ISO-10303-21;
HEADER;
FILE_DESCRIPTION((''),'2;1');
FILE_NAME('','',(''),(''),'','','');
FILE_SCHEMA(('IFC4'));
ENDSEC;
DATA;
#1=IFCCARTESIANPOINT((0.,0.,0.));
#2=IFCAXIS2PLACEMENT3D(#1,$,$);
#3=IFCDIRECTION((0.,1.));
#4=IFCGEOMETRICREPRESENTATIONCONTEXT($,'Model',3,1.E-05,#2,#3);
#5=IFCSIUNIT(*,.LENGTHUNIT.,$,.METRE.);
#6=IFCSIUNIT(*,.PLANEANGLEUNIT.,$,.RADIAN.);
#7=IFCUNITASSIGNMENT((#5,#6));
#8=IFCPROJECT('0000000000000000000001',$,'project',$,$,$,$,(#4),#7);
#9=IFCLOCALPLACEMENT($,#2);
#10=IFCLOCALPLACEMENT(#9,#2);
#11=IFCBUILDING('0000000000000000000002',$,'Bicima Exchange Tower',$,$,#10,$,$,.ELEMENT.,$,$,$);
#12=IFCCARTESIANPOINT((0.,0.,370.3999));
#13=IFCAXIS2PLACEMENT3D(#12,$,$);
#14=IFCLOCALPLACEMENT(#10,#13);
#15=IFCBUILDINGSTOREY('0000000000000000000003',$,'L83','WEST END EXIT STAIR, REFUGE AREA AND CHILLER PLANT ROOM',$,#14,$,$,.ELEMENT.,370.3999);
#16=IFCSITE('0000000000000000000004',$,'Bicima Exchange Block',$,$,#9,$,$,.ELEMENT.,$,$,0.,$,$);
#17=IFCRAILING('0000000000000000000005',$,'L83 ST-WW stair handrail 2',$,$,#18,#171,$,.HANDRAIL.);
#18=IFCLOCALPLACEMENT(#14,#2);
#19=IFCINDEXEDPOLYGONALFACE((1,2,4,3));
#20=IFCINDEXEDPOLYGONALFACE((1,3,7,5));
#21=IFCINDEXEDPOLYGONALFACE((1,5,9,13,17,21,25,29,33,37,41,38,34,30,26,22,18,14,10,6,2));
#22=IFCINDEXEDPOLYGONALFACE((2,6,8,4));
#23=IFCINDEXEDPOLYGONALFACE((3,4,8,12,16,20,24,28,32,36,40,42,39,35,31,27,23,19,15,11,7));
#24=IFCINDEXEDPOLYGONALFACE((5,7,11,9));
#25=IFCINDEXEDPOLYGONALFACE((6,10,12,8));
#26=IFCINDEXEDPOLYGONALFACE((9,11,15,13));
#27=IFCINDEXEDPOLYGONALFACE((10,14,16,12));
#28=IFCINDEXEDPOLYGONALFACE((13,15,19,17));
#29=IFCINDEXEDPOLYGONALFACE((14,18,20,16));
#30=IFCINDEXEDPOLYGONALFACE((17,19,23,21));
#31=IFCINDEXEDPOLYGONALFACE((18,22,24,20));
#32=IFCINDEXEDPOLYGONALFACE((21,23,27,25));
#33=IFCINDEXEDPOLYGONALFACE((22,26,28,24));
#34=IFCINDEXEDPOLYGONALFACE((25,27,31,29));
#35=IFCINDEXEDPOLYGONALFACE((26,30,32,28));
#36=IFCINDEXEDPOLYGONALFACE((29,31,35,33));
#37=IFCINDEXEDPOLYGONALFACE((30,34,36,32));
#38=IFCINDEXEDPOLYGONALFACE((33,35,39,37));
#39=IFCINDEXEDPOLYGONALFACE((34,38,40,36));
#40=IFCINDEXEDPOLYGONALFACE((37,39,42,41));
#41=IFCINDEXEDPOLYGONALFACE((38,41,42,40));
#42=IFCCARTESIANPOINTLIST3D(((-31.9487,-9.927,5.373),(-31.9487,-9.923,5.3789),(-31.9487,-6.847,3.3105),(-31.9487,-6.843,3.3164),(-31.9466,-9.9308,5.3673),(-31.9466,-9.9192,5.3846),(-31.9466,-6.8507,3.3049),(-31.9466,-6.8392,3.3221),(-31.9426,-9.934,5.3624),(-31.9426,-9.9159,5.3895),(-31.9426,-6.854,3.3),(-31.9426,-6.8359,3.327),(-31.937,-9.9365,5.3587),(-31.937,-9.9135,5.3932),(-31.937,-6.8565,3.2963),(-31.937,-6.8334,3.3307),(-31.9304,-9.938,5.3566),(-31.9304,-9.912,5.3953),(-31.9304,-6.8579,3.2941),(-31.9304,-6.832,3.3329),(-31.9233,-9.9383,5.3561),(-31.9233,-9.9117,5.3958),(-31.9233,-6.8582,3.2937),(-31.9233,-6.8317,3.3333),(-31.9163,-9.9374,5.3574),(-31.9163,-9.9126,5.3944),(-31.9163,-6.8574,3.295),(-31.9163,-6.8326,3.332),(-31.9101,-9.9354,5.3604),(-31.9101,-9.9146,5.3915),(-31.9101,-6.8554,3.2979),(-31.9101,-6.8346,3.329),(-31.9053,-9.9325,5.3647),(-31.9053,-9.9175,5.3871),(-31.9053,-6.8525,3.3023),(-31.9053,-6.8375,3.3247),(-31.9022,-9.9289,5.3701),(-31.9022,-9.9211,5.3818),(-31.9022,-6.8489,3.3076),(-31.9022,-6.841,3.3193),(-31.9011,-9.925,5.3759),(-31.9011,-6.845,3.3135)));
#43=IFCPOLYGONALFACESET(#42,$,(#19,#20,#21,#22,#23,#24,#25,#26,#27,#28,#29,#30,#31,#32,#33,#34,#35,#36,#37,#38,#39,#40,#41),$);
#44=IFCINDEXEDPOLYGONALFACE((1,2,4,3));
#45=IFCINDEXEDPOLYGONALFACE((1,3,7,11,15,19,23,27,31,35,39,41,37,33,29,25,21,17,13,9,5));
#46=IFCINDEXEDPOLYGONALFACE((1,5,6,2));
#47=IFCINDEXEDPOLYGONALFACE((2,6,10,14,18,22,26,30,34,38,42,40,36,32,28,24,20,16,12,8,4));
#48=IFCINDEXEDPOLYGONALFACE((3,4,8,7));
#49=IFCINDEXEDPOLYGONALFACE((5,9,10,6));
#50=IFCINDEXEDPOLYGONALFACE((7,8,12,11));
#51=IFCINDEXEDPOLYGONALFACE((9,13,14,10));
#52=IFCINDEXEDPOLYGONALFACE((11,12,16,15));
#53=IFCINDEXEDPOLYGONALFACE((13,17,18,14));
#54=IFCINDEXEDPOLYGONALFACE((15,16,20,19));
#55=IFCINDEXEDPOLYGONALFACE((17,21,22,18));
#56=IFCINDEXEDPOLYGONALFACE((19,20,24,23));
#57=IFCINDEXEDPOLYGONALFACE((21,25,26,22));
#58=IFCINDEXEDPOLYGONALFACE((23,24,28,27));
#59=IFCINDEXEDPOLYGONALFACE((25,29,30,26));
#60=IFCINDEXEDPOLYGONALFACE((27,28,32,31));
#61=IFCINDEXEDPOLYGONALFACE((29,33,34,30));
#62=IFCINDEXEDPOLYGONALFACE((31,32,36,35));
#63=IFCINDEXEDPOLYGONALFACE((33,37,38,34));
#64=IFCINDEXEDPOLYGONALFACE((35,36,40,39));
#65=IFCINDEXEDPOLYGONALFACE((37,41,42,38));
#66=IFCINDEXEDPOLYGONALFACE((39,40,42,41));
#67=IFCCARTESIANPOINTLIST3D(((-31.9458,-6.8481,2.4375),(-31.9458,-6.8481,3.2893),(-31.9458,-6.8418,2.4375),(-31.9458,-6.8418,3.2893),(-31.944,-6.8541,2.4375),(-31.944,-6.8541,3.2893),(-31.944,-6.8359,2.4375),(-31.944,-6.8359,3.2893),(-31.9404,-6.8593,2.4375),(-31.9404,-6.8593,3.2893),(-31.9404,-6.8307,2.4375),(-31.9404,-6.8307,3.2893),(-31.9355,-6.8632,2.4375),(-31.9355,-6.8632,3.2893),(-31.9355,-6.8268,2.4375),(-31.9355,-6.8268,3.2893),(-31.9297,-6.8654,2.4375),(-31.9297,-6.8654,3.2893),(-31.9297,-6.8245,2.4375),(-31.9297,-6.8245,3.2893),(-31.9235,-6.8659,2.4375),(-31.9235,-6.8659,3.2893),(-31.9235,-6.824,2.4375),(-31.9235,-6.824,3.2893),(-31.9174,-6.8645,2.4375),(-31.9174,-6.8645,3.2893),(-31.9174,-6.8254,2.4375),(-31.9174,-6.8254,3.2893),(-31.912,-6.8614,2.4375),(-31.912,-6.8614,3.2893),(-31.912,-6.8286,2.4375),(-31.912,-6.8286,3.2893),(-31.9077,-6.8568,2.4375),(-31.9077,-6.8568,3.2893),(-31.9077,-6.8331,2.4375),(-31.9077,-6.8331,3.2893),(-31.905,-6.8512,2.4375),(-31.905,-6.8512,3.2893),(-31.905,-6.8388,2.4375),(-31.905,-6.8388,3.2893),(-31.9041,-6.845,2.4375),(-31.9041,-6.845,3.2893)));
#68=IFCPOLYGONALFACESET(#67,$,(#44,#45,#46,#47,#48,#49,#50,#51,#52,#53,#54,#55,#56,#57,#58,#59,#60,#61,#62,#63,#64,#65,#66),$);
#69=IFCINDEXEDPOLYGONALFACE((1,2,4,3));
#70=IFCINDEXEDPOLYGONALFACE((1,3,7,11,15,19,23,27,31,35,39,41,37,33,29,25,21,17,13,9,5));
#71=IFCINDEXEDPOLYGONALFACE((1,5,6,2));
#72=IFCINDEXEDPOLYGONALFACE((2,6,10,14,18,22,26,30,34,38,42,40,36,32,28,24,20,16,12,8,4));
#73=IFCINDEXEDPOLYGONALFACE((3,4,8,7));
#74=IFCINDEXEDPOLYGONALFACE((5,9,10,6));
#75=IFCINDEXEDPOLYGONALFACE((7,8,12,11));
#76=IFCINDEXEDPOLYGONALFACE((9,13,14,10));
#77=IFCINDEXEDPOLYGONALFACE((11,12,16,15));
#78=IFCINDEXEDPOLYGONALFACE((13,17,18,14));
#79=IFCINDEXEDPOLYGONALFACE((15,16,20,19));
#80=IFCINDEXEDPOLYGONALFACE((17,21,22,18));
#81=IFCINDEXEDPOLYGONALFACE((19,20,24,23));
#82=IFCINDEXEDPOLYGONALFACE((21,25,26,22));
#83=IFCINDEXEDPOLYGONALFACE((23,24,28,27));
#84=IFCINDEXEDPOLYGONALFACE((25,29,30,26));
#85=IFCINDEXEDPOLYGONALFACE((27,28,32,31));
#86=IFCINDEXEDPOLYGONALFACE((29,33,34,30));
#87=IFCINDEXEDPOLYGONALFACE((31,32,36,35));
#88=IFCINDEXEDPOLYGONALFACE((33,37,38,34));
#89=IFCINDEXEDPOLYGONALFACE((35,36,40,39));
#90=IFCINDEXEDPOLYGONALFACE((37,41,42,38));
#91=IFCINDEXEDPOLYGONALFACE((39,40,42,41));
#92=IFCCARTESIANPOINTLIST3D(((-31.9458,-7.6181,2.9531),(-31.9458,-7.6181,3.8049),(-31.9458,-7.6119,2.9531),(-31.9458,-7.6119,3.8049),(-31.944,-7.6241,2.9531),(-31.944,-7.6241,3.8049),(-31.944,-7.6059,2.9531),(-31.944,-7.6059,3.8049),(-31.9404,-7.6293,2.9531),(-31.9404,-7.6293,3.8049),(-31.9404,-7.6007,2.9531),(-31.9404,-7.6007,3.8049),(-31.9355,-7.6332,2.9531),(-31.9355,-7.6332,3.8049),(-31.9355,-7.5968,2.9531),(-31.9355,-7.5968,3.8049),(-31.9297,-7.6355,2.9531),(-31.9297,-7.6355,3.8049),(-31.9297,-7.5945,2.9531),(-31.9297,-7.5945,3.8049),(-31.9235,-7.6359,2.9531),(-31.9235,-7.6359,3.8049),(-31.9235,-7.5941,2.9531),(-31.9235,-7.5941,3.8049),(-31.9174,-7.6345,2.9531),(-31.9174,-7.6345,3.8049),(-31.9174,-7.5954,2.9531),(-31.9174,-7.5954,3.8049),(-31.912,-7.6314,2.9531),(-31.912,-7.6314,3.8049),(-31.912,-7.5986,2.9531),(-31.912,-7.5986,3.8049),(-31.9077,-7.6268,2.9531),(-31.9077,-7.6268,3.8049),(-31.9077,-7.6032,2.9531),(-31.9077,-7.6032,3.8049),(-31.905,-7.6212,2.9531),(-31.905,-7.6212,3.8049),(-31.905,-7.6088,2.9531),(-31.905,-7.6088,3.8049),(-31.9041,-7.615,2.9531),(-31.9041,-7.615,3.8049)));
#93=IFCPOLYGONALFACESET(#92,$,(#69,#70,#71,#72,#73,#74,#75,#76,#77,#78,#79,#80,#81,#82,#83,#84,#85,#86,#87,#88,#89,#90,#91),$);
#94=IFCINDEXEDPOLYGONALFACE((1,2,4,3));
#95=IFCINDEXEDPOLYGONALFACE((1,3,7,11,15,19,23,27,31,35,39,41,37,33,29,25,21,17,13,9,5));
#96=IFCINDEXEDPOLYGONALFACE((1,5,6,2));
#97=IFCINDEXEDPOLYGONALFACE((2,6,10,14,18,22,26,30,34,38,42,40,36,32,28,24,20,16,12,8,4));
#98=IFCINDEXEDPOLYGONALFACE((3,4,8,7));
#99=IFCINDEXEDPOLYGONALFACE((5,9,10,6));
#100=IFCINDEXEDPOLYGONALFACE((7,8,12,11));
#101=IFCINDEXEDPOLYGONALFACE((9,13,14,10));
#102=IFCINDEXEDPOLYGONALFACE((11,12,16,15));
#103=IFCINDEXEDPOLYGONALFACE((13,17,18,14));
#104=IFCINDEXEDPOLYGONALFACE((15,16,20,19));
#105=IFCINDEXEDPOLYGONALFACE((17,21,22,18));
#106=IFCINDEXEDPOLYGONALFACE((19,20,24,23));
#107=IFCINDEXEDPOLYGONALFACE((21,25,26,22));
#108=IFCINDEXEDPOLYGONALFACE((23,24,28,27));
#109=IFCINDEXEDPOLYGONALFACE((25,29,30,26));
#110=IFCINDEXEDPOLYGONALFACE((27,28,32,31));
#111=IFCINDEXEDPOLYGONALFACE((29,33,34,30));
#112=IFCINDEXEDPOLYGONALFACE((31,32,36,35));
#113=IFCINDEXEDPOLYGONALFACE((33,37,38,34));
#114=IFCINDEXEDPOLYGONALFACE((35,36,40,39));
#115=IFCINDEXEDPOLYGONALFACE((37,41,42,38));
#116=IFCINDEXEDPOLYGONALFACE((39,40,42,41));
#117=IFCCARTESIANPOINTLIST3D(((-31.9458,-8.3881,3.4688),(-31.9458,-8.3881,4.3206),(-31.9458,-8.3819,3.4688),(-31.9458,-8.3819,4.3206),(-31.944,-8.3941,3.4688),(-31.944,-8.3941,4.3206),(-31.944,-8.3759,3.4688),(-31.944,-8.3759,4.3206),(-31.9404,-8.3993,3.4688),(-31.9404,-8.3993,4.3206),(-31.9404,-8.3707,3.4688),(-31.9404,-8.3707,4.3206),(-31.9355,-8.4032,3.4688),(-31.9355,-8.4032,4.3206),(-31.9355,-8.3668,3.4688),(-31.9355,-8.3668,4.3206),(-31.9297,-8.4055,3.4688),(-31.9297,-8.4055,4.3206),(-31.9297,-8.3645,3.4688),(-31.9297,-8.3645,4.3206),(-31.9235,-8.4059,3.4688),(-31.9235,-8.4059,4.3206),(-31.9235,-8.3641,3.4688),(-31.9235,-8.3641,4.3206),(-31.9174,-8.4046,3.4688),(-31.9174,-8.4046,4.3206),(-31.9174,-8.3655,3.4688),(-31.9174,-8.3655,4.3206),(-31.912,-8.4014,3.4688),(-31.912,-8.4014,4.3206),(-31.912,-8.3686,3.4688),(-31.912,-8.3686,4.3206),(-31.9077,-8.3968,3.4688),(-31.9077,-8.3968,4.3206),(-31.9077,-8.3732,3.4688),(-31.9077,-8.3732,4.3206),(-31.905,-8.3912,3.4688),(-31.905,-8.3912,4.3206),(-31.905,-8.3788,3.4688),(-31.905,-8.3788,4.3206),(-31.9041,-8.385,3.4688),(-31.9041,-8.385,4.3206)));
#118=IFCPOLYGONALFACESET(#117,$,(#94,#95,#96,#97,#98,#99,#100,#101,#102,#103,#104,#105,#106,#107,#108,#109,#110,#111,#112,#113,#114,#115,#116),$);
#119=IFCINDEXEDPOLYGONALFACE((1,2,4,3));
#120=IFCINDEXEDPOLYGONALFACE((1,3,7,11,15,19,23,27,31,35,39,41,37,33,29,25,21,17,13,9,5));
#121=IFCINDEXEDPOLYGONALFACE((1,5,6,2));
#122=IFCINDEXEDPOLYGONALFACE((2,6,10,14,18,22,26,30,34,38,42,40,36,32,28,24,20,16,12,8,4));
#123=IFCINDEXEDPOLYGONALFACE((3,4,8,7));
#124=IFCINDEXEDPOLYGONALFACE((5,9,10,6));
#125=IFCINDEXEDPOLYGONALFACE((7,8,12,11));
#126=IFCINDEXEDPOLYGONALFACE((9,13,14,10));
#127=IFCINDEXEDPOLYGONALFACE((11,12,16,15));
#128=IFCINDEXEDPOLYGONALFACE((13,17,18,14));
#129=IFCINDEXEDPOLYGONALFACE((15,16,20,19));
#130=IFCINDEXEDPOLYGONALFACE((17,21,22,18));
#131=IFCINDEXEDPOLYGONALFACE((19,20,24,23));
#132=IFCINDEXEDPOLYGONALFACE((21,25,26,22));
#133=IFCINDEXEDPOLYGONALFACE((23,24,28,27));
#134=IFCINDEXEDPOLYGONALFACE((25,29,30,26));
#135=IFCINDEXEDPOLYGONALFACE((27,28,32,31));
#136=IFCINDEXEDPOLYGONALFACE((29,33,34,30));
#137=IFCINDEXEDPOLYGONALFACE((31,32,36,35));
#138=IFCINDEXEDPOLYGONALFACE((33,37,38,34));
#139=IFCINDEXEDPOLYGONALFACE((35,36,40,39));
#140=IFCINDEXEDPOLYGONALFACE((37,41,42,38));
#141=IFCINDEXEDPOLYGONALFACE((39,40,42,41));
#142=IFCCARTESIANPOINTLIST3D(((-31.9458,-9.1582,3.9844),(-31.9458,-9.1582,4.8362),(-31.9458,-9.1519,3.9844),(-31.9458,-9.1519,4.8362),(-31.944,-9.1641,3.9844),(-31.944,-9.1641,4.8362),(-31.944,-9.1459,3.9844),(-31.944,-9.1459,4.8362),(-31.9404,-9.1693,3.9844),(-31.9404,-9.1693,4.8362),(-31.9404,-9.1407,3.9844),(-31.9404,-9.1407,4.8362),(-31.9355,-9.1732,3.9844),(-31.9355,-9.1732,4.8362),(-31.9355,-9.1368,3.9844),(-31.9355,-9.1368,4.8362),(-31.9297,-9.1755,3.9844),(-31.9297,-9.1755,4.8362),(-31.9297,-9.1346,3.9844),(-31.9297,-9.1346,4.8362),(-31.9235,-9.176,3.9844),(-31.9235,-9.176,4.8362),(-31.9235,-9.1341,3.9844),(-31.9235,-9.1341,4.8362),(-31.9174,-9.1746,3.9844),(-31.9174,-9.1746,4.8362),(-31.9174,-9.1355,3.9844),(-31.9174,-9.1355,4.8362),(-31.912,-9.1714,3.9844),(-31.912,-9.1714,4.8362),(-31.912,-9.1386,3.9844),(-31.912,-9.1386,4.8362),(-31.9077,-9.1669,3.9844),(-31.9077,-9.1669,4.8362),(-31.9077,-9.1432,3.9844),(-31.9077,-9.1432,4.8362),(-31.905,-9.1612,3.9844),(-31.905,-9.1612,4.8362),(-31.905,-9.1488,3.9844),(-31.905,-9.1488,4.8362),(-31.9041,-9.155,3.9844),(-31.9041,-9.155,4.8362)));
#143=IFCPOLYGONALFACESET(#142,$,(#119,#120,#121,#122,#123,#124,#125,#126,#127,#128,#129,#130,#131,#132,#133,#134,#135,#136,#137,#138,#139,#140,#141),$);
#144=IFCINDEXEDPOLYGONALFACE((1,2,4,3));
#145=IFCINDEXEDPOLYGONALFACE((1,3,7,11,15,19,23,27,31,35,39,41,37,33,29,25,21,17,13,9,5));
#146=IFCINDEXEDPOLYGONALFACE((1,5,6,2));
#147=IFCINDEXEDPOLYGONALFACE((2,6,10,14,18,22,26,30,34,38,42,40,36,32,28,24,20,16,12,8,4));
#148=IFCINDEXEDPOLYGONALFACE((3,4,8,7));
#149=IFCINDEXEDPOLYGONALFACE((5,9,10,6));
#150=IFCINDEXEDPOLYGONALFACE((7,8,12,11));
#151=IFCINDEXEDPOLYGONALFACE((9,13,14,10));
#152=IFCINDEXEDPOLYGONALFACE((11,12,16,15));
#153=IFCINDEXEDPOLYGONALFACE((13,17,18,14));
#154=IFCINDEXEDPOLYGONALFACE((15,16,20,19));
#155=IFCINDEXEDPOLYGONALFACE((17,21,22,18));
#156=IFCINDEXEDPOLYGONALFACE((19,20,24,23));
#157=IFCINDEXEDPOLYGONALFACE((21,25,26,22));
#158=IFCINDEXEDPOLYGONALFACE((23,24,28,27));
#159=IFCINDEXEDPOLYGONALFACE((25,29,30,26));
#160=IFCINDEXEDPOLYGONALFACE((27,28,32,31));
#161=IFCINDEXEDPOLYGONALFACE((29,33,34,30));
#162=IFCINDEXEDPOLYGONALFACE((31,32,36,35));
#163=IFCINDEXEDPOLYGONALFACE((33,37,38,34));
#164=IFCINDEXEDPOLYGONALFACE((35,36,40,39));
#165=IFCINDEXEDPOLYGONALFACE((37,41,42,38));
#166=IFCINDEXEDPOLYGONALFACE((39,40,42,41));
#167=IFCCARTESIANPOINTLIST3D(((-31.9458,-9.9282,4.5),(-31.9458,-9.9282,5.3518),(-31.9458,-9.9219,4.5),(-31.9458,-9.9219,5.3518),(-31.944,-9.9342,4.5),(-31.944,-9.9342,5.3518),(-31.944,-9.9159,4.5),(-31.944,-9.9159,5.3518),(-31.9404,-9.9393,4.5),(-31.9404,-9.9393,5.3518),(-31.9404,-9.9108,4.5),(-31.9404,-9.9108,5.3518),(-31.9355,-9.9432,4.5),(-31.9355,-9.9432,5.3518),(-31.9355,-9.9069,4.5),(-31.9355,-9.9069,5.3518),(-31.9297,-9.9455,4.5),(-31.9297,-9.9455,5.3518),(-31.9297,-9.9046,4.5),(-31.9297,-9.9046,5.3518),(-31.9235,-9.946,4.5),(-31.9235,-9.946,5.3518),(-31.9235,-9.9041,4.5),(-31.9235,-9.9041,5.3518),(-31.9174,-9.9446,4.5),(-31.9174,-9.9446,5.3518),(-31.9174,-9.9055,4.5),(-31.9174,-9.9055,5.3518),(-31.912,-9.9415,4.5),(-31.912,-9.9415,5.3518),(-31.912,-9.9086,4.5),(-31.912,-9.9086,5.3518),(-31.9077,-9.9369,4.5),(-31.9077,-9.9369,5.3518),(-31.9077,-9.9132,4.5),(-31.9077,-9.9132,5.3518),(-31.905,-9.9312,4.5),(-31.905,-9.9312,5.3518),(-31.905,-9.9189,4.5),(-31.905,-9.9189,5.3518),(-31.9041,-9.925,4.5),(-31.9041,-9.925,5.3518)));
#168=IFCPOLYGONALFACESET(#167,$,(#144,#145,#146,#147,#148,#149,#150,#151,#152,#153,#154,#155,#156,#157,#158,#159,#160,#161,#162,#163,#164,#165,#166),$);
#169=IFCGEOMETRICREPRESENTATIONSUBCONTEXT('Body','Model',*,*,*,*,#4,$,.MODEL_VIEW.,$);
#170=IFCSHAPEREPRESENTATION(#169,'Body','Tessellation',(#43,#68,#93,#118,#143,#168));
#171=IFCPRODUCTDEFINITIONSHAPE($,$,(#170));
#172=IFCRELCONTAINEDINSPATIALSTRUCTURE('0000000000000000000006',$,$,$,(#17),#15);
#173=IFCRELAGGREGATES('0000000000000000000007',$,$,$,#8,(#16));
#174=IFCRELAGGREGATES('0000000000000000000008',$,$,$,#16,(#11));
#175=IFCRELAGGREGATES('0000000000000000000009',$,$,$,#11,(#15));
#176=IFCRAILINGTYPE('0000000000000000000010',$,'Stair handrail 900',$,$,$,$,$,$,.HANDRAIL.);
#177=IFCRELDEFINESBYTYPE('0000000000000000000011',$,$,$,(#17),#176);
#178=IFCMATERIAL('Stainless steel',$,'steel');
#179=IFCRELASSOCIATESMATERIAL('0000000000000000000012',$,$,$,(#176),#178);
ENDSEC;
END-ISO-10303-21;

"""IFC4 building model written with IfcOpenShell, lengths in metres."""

from ifc_helpers import new_model, si_unit, direction, frame, origin, origin_2d, place, context, subcontext, project, spatial, circle, extrude, material, type_object, element, save


model = new_model("IFC4")

# Units and contexts
model_context = context("Model", 3, precision=1e-05, world=origin(), true_north=direction((0.0, 1.0)))
body_context = subcontext(model_context, "Body", "Model", "MODEL_VIEW")
ifc_project = project(units=[si_unit("LENGTHUNIT", "METRE"), si_unit("PLANEANGLEUNIT", "RADIAN")], contexts=[model_context])

# Site, building, storey
site_placement = place(None, origin())
site = spatial("IfcSite", under=ifc_project, at=site_placement, Name="Bicima Exchange Block", CompositionType="ELEMENT", RefElevation=0.0)
building_placement = place(site_placement, origin())
building = spatial("IfcBuilding", under=site, at=building_placement, Name="Bicima Exchange Tower", CompositionType="ELEMENT")
storey_placement = place(building_placement, frame((0.0, 0.0, 370.3999)))
storey = spatial("IfcBuildingStorey", under=building, at=storey_placement, Name="L83", Description="WEST END EXIT STAIR, REFUGE AREA AND CHILLER PLANT ROOM", CompositionType="ELEMENT", Elevation=370.3999)

# Railing
ifc_material_1 = material(Name="Stainless steel", Category="steel")
railing_type_1 = type_object("IfcRailingType", Name="Stair handrail 900", PredefinedType="HANDRAIL", material=ifc_material_1)
railing_1_placement = place(storey_placement, frame((-31.925, -6.845, 2.4375)))
element("IfcRailing", 1, at=railing_1_placement, inside=storey, type_object=railing_type_1, Name="L83 ST-WW stair handrail 2", PredefinedType="HANDRAIL", context=body_context, shape_type="SweptSolid", body=[
    extrude(circle(Radius=0.0239, at=origin_2d()), frame((0.0, 0.0, 0.876), z_axis=(0.0, -0.830914, 0.556401), x_axis=(1.0, 0.0, 0.0)), (0.0, 0.0, 1.0), 3.7068),
    extrude(circle(Radius=0.021, at=origin_2d()), origin(), (0.0, 0.0, 1.0), 0.8518),
    extrude(circle(Radius=0.021, at=origin_2d()), frame((0.0, -0.77, 0.5156)), (0.0, 0.0, 1.0), 0.8518),
    extrude(circle(Radius=0.021, at=origin_2d()), frame((0.0, -1.54, 1.0312)), (0.0, 0.0, 1.0), 0.8518),
    extrude(circle(Radius=0.021, at=origin_2d()), frame((0.0, -2.3101, 1.5469)), (0.0, 0.0, 1.0), 0.8518),
    extrude(circle(Radius=0.021, at=origin_2d()), frame((0.0, -3.0801, 2.0625)), (0.0, 0.0, 1.0), 0.8518),
])

save(model, "model.ifc")
